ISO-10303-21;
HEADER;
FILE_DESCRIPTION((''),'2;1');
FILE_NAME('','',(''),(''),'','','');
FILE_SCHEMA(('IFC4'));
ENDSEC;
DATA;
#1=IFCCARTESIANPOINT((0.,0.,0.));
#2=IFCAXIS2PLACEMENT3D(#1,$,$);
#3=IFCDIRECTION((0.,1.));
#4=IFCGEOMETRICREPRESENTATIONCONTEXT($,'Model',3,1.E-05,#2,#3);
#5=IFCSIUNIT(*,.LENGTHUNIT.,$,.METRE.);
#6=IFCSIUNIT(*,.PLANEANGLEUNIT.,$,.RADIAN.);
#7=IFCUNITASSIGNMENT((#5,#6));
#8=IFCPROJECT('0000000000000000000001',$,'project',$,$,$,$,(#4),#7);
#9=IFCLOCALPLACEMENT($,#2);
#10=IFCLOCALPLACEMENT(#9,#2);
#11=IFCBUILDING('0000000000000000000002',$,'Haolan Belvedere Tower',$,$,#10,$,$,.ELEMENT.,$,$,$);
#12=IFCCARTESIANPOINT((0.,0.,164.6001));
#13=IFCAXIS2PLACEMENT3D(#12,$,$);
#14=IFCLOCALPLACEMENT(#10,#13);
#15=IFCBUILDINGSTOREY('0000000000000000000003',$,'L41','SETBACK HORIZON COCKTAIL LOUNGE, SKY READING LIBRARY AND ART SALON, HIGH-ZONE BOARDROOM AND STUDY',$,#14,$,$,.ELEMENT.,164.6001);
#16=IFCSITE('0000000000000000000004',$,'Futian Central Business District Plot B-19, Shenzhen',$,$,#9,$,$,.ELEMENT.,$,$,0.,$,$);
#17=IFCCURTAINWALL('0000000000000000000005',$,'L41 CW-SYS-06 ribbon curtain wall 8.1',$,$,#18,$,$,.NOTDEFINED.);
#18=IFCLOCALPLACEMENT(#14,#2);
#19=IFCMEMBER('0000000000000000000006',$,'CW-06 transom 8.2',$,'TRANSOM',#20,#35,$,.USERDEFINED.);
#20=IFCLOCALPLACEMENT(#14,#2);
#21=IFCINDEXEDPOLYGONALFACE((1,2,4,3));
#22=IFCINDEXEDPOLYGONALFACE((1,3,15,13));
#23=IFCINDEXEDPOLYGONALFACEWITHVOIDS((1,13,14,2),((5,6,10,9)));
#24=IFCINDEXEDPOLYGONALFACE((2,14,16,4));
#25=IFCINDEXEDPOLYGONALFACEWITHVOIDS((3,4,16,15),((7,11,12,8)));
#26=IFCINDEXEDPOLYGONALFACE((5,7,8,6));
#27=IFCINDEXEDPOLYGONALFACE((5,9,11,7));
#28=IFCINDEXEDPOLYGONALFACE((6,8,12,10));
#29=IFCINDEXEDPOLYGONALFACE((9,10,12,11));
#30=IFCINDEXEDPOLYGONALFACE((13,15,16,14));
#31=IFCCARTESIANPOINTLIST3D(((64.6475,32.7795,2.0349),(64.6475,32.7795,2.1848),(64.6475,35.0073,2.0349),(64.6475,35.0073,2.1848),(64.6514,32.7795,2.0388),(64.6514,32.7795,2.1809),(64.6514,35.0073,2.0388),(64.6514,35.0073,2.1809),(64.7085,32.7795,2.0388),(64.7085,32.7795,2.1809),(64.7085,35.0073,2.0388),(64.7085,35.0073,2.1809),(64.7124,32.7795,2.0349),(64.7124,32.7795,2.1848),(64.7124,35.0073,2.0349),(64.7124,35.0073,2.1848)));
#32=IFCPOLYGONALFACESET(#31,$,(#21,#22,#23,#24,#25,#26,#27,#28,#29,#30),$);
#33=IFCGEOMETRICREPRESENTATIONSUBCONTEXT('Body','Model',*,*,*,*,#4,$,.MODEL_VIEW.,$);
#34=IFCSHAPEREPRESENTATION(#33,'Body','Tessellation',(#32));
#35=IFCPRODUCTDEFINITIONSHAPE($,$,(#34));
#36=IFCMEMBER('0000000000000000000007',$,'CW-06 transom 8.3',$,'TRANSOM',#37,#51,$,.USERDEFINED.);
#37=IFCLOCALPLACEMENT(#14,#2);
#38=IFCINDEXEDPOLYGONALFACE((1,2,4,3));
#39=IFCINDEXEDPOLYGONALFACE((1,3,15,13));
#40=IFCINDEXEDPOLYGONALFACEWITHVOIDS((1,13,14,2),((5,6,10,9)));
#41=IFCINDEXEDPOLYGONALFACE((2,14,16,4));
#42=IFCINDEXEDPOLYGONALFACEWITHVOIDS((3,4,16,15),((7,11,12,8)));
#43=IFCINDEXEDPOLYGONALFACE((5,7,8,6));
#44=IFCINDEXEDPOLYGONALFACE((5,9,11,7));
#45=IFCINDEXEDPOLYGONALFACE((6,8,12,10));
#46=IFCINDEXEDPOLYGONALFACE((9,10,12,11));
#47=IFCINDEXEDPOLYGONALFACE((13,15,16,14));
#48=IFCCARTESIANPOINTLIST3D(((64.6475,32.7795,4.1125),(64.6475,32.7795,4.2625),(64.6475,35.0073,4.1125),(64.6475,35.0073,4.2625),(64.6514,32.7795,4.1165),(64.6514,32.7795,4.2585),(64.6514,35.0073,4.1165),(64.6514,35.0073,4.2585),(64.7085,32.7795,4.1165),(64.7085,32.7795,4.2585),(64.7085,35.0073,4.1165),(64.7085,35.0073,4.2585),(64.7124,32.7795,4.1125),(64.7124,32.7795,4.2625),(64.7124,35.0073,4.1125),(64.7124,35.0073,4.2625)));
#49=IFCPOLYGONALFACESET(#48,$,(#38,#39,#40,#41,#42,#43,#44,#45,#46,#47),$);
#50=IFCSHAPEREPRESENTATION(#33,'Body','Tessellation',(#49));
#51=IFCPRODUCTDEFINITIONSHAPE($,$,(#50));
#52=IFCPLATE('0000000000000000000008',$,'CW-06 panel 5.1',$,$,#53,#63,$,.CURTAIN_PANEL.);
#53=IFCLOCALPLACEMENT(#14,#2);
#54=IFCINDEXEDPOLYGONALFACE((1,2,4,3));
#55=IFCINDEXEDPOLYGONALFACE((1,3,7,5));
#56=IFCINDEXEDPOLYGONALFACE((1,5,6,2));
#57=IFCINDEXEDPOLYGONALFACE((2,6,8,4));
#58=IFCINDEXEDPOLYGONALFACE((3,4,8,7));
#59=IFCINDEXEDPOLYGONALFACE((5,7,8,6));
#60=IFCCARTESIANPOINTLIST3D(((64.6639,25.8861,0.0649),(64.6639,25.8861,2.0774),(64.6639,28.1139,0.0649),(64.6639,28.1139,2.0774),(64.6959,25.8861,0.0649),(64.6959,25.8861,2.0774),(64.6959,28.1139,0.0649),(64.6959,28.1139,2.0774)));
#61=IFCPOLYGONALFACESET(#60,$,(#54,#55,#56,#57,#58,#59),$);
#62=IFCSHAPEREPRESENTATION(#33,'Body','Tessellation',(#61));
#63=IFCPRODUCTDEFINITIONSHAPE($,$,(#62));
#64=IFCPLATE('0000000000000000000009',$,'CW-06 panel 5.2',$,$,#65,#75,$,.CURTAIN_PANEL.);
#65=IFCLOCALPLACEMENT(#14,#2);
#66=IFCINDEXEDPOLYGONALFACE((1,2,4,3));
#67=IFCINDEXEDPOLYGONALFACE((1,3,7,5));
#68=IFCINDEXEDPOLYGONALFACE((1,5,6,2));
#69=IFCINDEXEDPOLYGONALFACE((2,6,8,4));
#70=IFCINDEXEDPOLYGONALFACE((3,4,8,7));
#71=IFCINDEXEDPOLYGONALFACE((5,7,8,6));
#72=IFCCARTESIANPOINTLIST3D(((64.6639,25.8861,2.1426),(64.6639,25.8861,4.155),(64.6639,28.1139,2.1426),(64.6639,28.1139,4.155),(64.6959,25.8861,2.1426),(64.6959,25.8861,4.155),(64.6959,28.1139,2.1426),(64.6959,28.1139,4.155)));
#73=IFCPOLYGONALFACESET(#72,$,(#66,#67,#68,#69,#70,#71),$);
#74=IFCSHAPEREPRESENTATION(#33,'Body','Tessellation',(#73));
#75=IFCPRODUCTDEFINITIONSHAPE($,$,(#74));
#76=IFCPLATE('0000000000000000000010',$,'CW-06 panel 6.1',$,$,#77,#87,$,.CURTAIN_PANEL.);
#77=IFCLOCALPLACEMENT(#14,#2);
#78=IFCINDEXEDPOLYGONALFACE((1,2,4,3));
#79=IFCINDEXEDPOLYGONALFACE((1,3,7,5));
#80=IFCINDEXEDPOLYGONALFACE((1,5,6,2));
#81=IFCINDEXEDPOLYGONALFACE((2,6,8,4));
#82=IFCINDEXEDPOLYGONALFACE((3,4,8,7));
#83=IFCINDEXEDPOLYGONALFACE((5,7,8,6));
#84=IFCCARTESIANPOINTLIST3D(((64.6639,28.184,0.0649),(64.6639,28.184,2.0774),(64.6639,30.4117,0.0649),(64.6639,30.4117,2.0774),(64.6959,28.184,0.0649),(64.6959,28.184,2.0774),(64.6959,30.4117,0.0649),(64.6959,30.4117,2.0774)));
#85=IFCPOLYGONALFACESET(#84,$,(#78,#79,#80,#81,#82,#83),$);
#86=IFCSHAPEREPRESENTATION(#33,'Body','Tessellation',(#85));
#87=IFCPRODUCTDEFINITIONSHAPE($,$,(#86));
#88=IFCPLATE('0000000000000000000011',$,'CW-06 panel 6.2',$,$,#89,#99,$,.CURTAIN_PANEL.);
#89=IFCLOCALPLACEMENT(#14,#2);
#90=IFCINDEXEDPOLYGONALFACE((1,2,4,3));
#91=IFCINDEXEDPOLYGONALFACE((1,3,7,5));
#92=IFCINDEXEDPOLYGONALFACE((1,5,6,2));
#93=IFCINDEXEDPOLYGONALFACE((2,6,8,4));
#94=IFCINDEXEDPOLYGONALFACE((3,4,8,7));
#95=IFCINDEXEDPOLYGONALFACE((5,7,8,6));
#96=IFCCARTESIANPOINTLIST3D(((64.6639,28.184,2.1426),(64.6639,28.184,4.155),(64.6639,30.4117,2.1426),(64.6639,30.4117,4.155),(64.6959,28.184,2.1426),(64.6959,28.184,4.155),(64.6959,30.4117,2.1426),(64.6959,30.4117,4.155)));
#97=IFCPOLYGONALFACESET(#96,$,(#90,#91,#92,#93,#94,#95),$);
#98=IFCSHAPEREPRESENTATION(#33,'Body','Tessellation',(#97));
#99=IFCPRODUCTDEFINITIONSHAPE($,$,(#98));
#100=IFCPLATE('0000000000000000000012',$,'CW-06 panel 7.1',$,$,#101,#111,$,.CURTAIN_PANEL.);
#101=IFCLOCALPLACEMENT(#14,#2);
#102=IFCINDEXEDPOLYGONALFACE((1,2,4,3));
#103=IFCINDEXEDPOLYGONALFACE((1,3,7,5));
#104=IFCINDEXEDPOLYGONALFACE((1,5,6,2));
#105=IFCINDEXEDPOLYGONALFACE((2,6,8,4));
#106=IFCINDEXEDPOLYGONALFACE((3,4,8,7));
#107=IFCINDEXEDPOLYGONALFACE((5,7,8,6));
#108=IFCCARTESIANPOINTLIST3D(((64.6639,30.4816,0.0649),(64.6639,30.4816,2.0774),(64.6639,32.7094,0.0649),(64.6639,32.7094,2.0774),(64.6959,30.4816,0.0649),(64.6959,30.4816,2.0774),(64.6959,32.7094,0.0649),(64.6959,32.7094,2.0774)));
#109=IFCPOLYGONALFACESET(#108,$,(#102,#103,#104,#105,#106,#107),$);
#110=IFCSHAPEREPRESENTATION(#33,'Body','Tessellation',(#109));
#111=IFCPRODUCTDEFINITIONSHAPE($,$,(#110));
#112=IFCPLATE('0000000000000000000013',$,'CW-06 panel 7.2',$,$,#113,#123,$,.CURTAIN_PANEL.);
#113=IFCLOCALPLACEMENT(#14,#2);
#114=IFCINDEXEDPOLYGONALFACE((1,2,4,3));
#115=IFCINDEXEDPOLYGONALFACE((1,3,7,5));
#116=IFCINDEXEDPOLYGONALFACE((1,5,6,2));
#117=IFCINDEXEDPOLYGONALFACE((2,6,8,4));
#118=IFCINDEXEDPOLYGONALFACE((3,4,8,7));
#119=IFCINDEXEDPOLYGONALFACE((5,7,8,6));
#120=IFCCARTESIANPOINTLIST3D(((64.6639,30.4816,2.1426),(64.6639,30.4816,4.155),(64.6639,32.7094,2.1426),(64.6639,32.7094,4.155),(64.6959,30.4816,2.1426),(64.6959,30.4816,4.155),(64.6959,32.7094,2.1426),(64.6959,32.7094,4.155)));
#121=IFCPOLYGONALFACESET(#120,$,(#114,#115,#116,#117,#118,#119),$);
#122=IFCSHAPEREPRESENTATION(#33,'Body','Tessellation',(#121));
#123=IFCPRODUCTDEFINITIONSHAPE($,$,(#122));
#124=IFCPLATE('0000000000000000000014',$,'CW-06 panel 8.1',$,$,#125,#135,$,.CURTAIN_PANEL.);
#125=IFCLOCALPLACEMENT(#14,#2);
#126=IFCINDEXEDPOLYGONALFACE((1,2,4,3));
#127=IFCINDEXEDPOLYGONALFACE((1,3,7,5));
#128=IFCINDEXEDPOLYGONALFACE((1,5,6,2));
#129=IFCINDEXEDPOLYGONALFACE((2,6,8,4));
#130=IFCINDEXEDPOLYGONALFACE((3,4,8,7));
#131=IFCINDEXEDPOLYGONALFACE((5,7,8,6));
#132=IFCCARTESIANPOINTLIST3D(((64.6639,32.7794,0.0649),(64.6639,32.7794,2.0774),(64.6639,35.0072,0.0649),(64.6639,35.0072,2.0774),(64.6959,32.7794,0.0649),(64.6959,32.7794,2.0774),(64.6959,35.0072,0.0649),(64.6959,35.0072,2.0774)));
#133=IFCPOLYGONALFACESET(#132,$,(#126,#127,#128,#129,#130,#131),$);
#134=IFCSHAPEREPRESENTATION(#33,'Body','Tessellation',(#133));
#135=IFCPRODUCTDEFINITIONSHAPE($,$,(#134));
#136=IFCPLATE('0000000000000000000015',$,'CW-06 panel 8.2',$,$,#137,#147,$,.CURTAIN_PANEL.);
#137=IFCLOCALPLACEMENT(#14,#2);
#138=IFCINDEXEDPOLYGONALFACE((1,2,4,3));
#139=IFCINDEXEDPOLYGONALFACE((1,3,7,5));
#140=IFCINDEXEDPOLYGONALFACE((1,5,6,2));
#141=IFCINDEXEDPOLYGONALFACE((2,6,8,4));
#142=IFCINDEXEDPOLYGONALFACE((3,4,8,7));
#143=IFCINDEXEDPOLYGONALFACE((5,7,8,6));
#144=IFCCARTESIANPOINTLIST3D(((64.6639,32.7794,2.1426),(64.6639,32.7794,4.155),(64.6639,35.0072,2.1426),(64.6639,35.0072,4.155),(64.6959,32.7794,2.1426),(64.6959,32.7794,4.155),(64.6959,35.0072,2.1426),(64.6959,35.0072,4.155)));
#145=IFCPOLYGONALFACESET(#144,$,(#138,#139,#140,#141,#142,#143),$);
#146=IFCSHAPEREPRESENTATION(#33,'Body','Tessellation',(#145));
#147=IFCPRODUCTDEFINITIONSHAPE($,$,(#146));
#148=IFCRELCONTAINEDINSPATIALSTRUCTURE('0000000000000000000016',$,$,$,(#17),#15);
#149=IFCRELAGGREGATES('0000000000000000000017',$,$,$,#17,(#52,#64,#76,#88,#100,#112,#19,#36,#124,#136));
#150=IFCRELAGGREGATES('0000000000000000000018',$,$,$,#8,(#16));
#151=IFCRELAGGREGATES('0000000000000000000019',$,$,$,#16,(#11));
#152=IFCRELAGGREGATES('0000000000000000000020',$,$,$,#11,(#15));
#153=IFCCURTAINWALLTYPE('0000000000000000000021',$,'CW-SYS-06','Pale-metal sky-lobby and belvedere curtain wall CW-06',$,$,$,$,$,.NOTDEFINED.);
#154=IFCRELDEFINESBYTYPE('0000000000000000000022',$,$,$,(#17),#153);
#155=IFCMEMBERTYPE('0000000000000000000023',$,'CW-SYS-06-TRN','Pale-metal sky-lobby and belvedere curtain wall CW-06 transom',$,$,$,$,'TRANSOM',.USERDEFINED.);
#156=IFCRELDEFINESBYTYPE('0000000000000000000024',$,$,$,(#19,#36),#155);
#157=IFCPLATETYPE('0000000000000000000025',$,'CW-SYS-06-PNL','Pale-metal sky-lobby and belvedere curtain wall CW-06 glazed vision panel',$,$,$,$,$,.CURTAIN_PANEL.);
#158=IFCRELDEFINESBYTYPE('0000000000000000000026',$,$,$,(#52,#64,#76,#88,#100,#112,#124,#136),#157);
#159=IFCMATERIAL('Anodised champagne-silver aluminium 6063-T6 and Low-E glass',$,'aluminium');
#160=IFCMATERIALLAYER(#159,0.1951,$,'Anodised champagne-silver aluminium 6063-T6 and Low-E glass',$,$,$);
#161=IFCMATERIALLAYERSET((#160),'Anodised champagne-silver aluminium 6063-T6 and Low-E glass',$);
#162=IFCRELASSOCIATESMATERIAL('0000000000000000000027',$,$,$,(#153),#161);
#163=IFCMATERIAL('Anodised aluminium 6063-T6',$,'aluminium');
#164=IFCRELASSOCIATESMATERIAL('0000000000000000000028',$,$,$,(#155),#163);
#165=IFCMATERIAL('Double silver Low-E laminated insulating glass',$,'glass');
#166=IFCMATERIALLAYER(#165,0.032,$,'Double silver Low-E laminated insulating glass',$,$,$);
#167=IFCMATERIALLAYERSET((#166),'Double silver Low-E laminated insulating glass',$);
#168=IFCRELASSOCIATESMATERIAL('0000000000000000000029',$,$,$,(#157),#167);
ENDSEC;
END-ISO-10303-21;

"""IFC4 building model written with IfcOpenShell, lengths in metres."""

from ifc_helpers import new_model, si_unit, direction, frame, origin, origin_2d, place, context, subcontext, project, spatial, rectangle, hollow_rectangle, extrude, material, layer, layer_set, material_profile, profile_set, type_object, element, aggregate, save


model = new_model("IFC4")

# Units and contexts
model_context = context("Model", 3, precision=1e-05, world=origin(), true_north=direction((0.0, 1.0)))
body_context = subcontext(model_context, "Body", "Model", "MODEL_VIEW")
ifc_project = project(units=[si_unit("LENGTHUNIT", "METRE"), si_unit("PLANEANGLEUNIT", "RADIAN")], contexts=[model_context])

# Site, building, storey
site_placement = place(None, origin())
site = spatial("IfcSite", under=ifc_project, at=site_placement, Name="Futian Central Business District Plot B-19, Shenzhen", CompositionType="ELEMENT", RefElevation=0.0)
building_placement = place(site_placement, origin())
building = spatial("IfcBuilding", under=site, at=building_placement, Name="Haolan Belvedere Tower", CompositionType="ELEMENT")
storey_placement = place(building_placement, frame((0.0, 0.0, 164.6001)))
storey = spatial("IfcBuildingStorey", under=building, at=storey_placement, Name="L41", Description="SETBACK HORIZON COCKTAIL LOUNGE, SKY READING LIBRARY AND ART SALON, HIGH-ZONE BOARDROOM AND STUDY", CompositionType="ELEMENT", Elevation=164.6001)

# Curtain wall, members, plates
ifc_material_1 = material(Name="Anodised champagne-silver aluminium 6063-T6 and Low-E glass", Category="aluminium")
ifc_layer_1 = layer(ifc_material_1, 0.1951, Name="Anodised champagne-silver aluminium 6063-T6 and Low-E glass")
ifc_layer_set_1 = layer_set([ifc_layer_1], Name="Anodised champagne-silver aluminium 6063-T6 and Low-E glass")
curtain_wall_type = type_object("IfcCurtainWallType", Name="CW-SYS-06", Description="Pale-metal sky-lobby and belvedere curtain wall CW-06", PredefinedType="NOTDEFINED", material=ifc_layer_set_1)
curtain_wall_placement = place(storey_placement, origin())
curtain_wall = element("IfcCurtainWall", 1, at=curtain_wall_placement, inside=storey, type_object=curtain_wall_type, Name="L41 CW-SYS-06 ribbon curtain wall 8.1", PredefinedType="NOTDEFINED")
ifc_material_2 = material(Name="Anodised aluminium 6063-T6", Category="aluminium")
ifc_material_profile_1 = material_profile(ifc_material_2, hollow_rectangle(XDim=0.0649, YDim=0.1499, WallThickness=0.0039, at=origin_2d()), Name="Anodised aluminium 6063-T6")
ifc_profile_set_1 = profile_set([ifc_material_profile_1], Name="Anodised aluminium 6063-T6")
member_type_1 = type_object("IfcMemberType", Name="CW-SYS-06-TRN", Description="Pale-metal sky-lobby and belvedere curtain wall CW-06 transom", ElementType="TRANSOM", PredefinedType="USERDEFINED", material=ifc_profile_set_1)
member_1_placement = place(storey_placement, frame((64.6799, 32.7795, 2.1099), z_axis=(0.0, 1.0, 0.0), x_axis=(-1.0, 0.0, 0.0)))
member_1 = element("IfcMember", 2, at=member_1_placement, type_object=member_type_1, Name="CW-06 transom 8.2", ObjectType="TRANSOM", PredefinedType="USERDEFINED", context=body_context, shape_type="SweptSolid", body=[
    extrude(hollow_rectangle(XDim=0.0649, YDim=0.1499, WallThickness=0.0039, at=origin_2d()), origin(), (0.0, 0.0, 1.0), 2.2278),
])
member_2_placement = place(storey_placement, frame((64.6799, 32.7795, 4.1875), z_axis=(0.0, 1.0, 0.0), x_axis=(-1.0, 0.0, 0.0)))
member_2 = element("IfcMember", 3, at=member_2_placement, type_object=member_type_1, Name="CW-06 transom 8.3", ObjectType="TRANSOM", PredefinedType="USERDEFINED", context=body_context, shape_type="SweptSolid", body=[
    extrude(hollow_rectangle(XDim=0.0649, YDim=0.1499, WallThickness=0.0039, at=origin_2d()), origin(), (0.0, 0.0, 1.0), 2.2278),
])
ifc_material_3 = material(Name="Double silver Low-E laminated insulating glass", Category="glass")
ifc_layer_2 = layer(ifc_material_3, 0.032, Name="Double silver Low-E laminated insulating glass")
ifc_layer_set_2 = layer_set([ifc_layer_2], Name="Double silver Low-E laminated insulating glass")
plate_type = type_object("IfcPlateType", Name="CW-SYS-06-PNL", Description="Pale-metal sky-lobby and belvedere curtain wall CW-06 glazed vision panel", PredefinedType="CURTAIN_PANEL", material=ifc_layer_set_2)
plate_1_placement = place(storey_placement, frame((64.6799, 27.0, 0.0649), z_axis=(0.0, 0.0, 1.0), x_axis=(0.0, 1.0, 0.0)))
plate_1 = element("IfcPlate", 4, at=plate_1_placement, type_object=plate_type, Name="CW-06 panel 5.1", PredefinedType="CURTAIN_PANEL", context=body_context, shape_type="SweptSolid", body=[
    extrude(rectangle(XDim=2.2278, YDim=0.032, at=origin_2d()), origin(), (0.0, 0.0, 1.0), 2.0125),
])
plate_2_placement = place(storey_placement, frame((64.6799, 27.0, 2.1426), z_axis=(0.0, 0.0, 1.0), x_axis=(0.0, 1.0, 0.0)))
plate_2 = element("IfcPlate", 5, at=plate_2_placement, type_object=plate_type, Name="CW-06 panel 5.2", PredefinedType="CURTAIN_PANEL", context=body_context, shape_type="SweptSolid", body=[
    extrude(rectangle(XDim=2.2278, YDim=0.032, at=origin_2d()), origin(), (0.0, 0.0, 1.0), 2.0125),
])
plate_3_placement = place(storey_placement, frame((64.6799, 29.2979, 0.0649), z_axis=(0.0, 0.0, 1.0), x_axis=(0.0, 1.0, 0.0)))
plate_3 = element("IfcPlate", 6, at=plate_3_placement, type_object=plate_type, Name="CW-06 panel 6.1", PredefinedType="CURTAIN_PANEL", context=body_context, shape_type="SweptSolid", body=[
    extrude(rectangle(XDim=2.2278, YDim=0.032, at=origin_2d()), origin(), (0.0, 0.0, 1.0), 2.0125),
])
plate_4_placement = place(storey_placement, frame((64.6799, 29.2979, 2.1426), z_axis=(0.0, 0.0, 1.0), x_axis=(0.0, 1.0, 0.0)))
plate_4 = element("IfcPlate", 7, at=plate_4_placement, type_object=plate_type, Name="CW-06 panel 6.2", PredefinedType="CURTAIN_PANEL", context=body_context, shape_type="SweptSolid", body=[
    extrude(rectangle(XDim=2.2278, YDim=0.032, at=origin_2d()), origin(), (0.0, 0.0, 1.0), 2.0125),
])
plate_5_placement = place(storey_placement, frame((64.6799, 31.5955, 0.0649), z_axis=(0.0, 0.0, 1.0), x_axis=(0.0, 1.0, 0.0)))
plate_5 = element("IfcPlate", 8, at=plate_5_placement, type_object=plate_type, Name="CW-06 panel 7.1", PredefinedType="CURTAIN_PANEL", context=body_context, shape_type="SweptSolid", body=[
    extrude(rectangle(XDim=2.2278, YDim=0.032, at=origin_2d()), origin(), (0.0, 0.0, 1.0), 2.0125),
])
plate_6_placement = place(storey_placement, frame((64.6799, 31.5955, 2.1426), z_axis=(0.0, 0.0, 1.0), x_axis=(0.0, 1.0, 0.0)))
plate_6 = element("IfcPlate", 9, at=plate_6_placement, type_object=plate_type, Name="CW-06 panel 7.2", PredefinedType="CURTAIN_PANEL", context=body_context, shape_type="SweptSolid", body=[
    extrude(rectangle(XDim=2.2278, YDim=0.032, at=origin_2d()), origin(), (0.0, 0.0, 1.0), 2.0125),
])
plate_7_placement = place(storey_placement, frame((64.6799, 33.8933, 0.0649), z_axis=(0.0, 0.0, 1.0), x_axis=(0.0, 1.0, 0.0)))
plate_7 = element("IfcPlate", 10, at=plate_7_placement, type_object=plate_type, Name="CW-06 panel 8.1", PredefinedType="CURTAIN_PANEL", context=body_context, shape_type="SweptSolid", body=[
    extrude(rectangle(XDim=2.2278, YDim=0.032, at=origin_2d()), origin(), (0.0, 0.0, 1.0), 2.0125),
])
plate_8_placement = place(storey_placement, frame((64.6799, 33.8933, 2.1426), z_axis=(0.0, 0.0, 1.0), x_axis=(0.0, 1.0, 0.0)))
plate_8 = element("IfcPlate", 11, at=plate_8_placement, type_object=plate_type, Name="CW-06 panel 8.2", PredefinedType="CURTAIN_PANEL", context=body_context, shape_type="SweptSolid", body=[
    extrude(rectangle(XDim=2.2278, YDim=0.032, at=origin_2d()), origin(), (0.0, 0.0, 1.0), 2.0125),
])
aggregate(curtain_wall, [plate_1, plate_2, plate_3, plate_4, plate_5, plate_6, member_1, member_2, plate_7, plate_8])

save(model, "model.ifc")
